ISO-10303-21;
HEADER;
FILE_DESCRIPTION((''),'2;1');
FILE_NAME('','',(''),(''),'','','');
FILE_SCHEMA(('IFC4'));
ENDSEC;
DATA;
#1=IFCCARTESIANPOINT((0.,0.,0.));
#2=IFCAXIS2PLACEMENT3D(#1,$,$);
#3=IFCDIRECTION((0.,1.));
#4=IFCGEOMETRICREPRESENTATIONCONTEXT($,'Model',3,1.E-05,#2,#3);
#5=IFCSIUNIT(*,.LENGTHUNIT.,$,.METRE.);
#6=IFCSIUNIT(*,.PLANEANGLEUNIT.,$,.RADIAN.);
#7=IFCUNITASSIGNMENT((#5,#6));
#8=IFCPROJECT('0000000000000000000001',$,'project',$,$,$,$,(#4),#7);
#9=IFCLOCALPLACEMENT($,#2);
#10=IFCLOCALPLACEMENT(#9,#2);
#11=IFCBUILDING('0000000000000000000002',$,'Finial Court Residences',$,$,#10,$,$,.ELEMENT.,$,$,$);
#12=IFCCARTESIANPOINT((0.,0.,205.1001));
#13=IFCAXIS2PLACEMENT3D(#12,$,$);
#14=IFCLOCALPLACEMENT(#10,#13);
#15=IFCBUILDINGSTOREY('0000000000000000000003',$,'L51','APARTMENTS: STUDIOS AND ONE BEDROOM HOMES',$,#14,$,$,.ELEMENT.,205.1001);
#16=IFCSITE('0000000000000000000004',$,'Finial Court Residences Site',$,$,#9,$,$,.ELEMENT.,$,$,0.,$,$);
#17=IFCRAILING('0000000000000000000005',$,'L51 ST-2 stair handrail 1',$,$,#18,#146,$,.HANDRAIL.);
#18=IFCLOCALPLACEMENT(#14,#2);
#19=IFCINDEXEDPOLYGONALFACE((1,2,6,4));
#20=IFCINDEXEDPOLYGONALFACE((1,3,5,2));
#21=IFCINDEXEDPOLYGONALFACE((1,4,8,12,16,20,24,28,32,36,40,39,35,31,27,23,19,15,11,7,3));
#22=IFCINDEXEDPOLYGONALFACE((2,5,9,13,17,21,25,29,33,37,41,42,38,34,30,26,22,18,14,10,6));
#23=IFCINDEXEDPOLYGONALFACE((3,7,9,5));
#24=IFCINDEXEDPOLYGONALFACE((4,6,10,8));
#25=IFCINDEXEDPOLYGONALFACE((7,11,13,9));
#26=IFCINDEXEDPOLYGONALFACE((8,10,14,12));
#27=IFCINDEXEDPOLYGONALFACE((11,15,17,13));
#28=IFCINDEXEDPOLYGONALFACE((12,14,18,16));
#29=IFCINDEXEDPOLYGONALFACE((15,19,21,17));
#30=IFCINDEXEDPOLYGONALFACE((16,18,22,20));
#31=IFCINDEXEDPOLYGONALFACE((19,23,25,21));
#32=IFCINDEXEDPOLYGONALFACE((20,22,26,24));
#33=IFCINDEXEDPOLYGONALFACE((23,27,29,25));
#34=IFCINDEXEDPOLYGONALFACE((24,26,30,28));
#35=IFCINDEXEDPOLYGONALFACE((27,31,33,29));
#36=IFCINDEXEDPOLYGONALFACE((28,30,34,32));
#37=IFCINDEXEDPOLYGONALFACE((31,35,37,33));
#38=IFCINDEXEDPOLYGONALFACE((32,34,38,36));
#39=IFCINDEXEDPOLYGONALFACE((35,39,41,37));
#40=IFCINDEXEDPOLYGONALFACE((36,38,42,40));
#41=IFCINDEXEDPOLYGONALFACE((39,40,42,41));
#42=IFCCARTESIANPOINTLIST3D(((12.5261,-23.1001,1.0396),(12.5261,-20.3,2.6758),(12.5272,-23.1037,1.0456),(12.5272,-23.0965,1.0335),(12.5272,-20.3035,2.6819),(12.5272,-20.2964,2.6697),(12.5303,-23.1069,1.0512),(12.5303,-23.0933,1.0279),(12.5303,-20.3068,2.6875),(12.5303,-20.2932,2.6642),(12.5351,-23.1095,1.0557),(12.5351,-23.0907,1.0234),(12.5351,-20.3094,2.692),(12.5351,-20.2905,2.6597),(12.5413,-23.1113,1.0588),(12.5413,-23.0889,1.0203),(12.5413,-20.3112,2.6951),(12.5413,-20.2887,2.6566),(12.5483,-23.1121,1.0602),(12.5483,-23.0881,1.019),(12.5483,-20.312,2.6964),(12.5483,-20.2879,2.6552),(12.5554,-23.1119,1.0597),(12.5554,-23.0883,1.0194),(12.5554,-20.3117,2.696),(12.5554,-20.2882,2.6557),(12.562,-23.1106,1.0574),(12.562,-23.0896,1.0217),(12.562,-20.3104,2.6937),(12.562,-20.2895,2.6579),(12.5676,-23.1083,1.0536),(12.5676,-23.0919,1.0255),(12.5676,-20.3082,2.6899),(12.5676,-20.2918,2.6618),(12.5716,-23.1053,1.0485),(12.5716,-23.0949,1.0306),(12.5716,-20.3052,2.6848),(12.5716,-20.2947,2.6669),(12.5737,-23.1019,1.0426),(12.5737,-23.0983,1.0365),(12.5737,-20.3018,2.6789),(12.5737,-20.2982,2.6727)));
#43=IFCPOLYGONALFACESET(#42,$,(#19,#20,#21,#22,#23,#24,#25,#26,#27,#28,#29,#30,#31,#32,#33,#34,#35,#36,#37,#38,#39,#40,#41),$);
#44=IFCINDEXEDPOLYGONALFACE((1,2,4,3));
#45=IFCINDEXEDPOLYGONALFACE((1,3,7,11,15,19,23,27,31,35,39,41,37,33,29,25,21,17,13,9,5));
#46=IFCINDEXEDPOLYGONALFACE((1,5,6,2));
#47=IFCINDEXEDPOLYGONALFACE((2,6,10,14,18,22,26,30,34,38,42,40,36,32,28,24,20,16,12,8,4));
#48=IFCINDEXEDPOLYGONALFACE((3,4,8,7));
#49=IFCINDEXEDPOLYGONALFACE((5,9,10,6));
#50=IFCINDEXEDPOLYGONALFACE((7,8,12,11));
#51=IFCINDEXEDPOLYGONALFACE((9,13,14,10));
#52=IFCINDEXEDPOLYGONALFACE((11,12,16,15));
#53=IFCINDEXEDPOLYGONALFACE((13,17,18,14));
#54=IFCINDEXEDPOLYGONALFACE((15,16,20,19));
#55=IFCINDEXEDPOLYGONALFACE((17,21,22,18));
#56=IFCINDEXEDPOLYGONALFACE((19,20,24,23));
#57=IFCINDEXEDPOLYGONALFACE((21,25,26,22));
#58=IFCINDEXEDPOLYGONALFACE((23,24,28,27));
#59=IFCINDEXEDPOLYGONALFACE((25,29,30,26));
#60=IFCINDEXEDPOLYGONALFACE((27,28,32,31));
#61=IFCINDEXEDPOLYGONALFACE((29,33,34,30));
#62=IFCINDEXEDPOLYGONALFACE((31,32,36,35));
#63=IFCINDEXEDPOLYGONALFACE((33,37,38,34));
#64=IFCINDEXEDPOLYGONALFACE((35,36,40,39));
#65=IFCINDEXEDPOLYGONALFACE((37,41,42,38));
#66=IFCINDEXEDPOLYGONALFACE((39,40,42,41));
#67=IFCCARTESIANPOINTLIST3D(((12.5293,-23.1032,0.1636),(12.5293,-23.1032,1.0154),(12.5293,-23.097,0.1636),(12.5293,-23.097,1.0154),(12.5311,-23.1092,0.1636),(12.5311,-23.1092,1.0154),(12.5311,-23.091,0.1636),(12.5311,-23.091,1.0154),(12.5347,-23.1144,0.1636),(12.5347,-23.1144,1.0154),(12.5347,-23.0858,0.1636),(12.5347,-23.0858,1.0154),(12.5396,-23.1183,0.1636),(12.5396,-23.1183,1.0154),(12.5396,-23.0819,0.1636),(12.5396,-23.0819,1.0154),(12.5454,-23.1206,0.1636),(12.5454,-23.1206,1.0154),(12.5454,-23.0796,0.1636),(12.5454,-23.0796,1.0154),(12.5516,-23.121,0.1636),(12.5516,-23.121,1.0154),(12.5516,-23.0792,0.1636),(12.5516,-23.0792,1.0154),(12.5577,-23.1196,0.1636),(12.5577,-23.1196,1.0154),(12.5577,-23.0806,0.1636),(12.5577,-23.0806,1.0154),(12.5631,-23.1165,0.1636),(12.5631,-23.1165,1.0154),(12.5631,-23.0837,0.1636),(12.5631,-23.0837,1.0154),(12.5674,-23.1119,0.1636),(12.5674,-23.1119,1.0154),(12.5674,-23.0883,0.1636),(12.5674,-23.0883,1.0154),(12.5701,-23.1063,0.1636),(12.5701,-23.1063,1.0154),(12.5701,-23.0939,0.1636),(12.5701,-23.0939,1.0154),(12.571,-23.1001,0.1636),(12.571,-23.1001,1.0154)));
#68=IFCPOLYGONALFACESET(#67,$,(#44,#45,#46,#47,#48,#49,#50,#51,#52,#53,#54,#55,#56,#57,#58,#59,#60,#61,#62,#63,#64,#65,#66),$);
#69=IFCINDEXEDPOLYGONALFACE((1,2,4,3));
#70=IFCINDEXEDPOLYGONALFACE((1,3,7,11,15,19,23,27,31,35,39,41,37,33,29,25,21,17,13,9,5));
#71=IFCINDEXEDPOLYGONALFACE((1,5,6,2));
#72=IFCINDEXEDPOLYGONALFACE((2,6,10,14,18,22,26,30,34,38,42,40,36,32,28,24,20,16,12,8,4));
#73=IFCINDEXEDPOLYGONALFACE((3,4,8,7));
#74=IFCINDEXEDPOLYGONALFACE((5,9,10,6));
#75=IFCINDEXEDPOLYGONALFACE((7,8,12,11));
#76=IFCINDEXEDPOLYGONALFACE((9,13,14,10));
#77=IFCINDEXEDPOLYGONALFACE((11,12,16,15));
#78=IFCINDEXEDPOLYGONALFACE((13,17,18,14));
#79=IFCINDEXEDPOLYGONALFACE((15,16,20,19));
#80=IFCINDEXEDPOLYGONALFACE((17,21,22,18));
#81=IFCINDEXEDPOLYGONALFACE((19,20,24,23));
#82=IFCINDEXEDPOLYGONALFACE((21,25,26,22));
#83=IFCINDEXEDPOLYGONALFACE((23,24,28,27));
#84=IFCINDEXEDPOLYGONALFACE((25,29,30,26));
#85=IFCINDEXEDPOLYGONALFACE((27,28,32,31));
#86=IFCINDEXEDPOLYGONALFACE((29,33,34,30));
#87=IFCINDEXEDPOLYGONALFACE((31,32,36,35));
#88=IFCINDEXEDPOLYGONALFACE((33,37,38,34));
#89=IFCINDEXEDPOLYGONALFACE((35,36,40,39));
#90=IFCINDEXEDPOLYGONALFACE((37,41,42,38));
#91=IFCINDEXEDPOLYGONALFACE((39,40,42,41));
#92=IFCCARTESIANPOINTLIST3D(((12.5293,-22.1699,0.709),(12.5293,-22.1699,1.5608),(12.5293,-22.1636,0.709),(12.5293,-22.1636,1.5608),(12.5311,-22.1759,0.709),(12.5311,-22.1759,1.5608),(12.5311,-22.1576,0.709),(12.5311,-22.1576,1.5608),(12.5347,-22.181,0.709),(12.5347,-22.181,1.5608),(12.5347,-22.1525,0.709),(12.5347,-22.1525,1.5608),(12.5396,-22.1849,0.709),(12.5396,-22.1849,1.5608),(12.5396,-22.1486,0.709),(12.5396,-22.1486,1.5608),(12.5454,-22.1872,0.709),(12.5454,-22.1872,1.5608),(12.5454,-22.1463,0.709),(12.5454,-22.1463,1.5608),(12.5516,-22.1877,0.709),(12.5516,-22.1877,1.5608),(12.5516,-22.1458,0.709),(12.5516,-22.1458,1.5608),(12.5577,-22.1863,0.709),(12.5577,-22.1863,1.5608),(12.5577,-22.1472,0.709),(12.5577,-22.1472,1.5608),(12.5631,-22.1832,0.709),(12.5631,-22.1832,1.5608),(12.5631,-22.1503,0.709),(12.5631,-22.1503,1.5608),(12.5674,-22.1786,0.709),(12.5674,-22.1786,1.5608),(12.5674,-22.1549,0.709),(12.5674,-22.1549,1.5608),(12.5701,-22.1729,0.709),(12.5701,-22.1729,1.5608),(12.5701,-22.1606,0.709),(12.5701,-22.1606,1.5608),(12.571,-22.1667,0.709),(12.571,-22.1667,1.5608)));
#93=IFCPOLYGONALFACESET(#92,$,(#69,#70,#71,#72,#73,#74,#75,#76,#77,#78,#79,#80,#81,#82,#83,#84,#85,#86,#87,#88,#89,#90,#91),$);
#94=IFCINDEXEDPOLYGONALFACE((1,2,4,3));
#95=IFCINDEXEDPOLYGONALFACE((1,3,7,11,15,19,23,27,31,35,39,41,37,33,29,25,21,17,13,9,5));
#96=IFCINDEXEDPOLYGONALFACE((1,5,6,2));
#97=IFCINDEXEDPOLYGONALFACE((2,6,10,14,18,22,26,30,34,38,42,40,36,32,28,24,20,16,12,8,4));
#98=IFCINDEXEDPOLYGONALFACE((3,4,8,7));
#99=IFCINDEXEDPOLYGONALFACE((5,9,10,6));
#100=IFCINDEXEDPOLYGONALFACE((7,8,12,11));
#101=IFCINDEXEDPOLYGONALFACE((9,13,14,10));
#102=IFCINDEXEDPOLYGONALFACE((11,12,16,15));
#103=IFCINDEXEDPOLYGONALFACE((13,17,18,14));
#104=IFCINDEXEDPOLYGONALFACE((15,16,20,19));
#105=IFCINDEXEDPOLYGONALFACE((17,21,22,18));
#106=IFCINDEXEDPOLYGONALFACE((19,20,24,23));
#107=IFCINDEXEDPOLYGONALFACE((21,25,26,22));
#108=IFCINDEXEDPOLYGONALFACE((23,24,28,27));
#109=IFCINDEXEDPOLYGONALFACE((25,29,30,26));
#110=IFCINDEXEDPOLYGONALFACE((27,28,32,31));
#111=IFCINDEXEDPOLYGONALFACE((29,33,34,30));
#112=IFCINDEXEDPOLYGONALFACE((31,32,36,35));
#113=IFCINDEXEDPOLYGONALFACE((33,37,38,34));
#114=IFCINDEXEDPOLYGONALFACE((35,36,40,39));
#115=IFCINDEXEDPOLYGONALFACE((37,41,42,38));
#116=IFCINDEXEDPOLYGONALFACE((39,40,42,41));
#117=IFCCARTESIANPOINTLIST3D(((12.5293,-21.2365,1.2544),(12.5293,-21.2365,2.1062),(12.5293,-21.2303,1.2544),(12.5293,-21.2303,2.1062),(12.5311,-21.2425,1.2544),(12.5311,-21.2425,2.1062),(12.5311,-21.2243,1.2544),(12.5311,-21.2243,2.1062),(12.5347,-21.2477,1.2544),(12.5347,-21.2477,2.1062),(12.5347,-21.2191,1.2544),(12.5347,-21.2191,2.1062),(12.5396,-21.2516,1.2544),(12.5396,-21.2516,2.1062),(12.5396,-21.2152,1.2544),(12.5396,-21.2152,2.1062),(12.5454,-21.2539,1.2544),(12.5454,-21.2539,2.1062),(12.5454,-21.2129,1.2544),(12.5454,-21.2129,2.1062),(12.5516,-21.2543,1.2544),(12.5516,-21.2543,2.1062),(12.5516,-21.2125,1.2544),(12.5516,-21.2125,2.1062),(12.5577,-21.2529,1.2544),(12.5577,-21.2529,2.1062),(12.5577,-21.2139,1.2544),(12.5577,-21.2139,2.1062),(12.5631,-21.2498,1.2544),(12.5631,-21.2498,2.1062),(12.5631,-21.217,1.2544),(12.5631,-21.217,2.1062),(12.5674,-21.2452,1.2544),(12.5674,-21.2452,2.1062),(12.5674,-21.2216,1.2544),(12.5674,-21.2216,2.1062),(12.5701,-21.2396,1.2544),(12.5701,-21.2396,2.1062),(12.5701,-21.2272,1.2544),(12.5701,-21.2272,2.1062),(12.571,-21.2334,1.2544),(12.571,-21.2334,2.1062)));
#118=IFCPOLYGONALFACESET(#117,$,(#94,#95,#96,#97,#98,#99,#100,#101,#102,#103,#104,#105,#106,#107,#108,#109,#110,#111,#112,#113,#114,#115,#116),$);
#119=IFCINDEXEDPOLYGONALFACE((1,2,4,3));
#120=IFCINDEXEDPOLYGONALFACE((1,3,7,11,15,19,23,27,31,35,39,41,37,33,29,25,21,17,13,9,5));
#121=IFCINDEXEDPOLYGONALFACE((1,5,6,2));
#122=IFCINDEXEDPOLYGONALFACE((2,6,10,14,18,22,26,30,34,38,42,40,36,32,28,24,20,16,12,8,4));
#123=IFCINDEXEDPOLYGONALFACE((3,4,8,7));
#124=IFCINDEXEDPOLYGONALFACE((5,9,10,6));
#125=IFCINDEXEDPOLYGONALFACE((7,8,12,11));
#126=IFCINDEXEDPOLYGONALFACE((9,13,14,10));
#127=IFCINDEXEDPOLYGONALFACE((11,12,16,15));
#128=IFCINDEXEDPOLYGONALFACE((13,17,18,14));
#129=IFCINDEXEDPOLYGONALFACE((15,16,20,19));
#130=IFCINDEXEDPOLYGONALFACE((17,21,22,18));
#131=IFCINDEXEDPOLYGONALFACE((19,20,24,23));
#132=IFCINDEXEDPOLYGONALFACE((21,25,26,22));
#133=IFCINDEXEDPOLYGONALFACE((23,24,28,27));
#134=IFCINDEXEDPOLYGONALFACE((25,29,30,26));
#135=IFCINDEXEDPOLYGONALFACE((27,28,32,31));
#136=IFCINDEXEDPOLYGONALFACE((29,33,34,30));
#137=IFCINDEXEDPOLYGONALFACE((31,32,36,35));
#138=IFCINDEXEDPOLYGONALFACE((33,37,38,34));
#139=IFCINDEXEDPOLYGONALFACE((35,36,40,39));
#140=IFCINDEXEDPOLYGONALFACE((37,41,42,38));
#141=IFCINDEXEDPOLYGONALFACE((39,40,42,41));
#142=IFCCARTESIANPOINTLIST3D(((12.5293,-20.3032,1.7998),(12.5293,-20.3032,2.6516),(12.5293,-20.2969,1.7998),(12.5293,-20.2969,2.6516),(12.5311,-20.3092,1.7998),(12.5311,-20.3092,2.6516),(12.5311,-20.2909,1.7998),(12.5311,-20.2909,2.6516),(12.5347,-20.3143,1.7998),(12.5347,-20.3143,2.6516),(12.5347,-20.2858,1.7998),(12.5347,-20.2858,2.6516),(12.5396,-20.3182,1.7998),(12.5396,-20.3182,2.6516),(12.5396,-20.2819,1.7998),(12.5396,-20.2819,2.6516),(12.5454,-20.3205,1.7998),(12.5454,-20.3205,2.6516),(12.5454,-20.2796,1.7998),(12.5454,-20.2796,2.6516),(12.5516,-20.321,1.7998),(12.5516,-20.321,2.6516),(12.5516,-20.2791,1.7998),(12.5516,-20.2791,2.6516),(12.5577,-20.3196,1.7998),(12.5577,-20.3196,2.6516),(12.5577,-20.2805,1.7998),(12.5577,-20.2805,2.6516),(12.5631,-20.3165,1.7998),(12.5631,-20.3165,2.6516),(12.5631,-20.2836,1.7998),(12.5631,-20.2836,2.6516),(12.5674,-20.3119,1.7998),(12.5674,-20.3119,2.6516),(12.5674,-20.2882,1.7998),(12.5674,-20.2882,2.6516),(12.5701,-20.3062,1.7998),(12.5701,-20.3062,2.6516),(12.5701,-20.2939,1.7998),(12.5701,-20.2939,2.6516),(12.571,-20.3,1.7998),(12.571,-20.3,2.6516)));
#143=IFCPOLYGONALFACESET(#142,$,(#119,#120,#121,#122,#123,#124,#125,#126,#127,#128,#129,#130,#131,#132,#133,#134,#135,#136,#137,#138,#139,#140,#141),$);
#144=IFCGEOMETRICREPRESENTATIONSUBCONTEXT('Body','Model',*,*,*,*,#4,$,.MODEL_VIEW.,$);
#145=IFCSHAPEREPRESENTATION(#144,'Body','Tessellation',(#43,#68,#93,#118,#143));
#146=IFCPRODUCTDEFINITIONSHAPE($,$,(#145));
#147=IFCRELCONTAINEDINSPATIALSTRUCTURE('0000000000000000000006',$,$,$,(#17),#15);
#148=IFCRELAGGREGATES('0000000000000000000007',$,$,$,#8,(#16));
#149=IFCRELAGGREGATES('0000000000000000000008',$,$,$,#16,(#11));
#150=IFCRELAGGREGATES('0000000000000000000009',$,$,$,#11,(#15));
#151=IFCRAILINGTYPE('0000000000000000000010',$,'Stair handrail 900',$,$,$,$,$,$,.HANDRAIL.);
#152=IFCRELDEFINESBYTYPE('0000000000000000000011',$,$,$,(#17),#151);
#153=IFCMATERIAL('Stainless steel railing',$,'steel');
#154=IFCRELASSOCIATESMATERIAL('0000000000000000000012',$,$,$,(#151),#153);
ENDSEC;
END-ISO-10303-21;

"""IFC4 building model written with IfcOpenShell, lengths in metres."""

from ifc_helpers import new_model, si_unit, direction, frame, origin, origin_2d, place, context, subcontext, project, spatial, circle, extrude, material, type_object, element, save


model = new_model("IFC4")

# Units and contexts
model_context = context("Model", 3, precision=1e-05, world=origin(), true_north=direction((0.0, 1.0)))
body_context = subcontext(model_context, "Body", "Model", "MODEL_VIEW")
ifc_project = project(units=[si_unit("LENGTHUNIT", "METRE"), si_unit("PLANEANGLEUNIT", "RADIAN")], contexts=[model_context])

# Site, building, storey
site_placement = place(None, origin())
site = spatial("IfcSite", under=ifc_project, at=site_placement, Name="Finial Court Residences Site", CompositionType="ELEMENT", RefElevation=0.0)
building_placement = place(site_placement, origin())
building = spatial("IfcBuilding", under=site, at=building_placement, Name="Finial Court Residences", CompositionType="ELEMENT")
storey_placement = place(building_placement, frame((0.0, 0.0, 205.1001)))
storey = spatial("IfcBuildingStorey", under=building, at=storey_placement, Name="L51", Description="APARTMENTS: STUDIOS AND ONE BEDROOM HOMES", CompositionType="ELEMENT", Elevation=205.1001)

# Railing
ifc_material_1 = material(Name="Stainless steel railing", Category="steel")
railing_type_1 = type_object("IfcRailingType", Name="Stair handrail 900", PredefinedType="HANDRAIL", material=ifc_material_1)
railing_1_placement = place(storey_placement, frame((12.55, -23.1001, 0.1636)))
element("IfcRailing", 1, at=railing_1_placement, inside=storey, type_object=railing_type_1, Name="L51 ST-2 stair handrail 1", PredefinedType="HANDRAIL", context=body_context, shape_type="SweptSolid", body=[
    extrude(circle(Radius=0.0239, at=origin_2d()), frame((0.0, 0.0, 0.876), z_axis=(0.0, 0.863394, 0.504531), x_axis=(-1.0, 0.0, 0.0)), (0.0, 0.0, 1.0), 3.2432),
    extrude(circle(Radius=0.021, at=origin_2d()), origin(), (0.0, 0.0, 1.0), 0.8518),
    extrude(circle(Radius=0.021, at=origin_2d()), frame((0.0, 0.9333, 0.5454)), (0.0, 0.0, 1.0), 0.8518),
    extrude(circle(Radius=0.021, at=origin_2d()), frame((0.0, 1.8667, 1.0908)), (0.0, 0.0, 1.0), 0.8518),
    extrude(circle(Radius=0.021, at=origin_2d()), frame((0.0, 2.8, 1.6362)), (0.0, 0.0, 1.0), 0.8518),
])

save(model, "model.ifc")
